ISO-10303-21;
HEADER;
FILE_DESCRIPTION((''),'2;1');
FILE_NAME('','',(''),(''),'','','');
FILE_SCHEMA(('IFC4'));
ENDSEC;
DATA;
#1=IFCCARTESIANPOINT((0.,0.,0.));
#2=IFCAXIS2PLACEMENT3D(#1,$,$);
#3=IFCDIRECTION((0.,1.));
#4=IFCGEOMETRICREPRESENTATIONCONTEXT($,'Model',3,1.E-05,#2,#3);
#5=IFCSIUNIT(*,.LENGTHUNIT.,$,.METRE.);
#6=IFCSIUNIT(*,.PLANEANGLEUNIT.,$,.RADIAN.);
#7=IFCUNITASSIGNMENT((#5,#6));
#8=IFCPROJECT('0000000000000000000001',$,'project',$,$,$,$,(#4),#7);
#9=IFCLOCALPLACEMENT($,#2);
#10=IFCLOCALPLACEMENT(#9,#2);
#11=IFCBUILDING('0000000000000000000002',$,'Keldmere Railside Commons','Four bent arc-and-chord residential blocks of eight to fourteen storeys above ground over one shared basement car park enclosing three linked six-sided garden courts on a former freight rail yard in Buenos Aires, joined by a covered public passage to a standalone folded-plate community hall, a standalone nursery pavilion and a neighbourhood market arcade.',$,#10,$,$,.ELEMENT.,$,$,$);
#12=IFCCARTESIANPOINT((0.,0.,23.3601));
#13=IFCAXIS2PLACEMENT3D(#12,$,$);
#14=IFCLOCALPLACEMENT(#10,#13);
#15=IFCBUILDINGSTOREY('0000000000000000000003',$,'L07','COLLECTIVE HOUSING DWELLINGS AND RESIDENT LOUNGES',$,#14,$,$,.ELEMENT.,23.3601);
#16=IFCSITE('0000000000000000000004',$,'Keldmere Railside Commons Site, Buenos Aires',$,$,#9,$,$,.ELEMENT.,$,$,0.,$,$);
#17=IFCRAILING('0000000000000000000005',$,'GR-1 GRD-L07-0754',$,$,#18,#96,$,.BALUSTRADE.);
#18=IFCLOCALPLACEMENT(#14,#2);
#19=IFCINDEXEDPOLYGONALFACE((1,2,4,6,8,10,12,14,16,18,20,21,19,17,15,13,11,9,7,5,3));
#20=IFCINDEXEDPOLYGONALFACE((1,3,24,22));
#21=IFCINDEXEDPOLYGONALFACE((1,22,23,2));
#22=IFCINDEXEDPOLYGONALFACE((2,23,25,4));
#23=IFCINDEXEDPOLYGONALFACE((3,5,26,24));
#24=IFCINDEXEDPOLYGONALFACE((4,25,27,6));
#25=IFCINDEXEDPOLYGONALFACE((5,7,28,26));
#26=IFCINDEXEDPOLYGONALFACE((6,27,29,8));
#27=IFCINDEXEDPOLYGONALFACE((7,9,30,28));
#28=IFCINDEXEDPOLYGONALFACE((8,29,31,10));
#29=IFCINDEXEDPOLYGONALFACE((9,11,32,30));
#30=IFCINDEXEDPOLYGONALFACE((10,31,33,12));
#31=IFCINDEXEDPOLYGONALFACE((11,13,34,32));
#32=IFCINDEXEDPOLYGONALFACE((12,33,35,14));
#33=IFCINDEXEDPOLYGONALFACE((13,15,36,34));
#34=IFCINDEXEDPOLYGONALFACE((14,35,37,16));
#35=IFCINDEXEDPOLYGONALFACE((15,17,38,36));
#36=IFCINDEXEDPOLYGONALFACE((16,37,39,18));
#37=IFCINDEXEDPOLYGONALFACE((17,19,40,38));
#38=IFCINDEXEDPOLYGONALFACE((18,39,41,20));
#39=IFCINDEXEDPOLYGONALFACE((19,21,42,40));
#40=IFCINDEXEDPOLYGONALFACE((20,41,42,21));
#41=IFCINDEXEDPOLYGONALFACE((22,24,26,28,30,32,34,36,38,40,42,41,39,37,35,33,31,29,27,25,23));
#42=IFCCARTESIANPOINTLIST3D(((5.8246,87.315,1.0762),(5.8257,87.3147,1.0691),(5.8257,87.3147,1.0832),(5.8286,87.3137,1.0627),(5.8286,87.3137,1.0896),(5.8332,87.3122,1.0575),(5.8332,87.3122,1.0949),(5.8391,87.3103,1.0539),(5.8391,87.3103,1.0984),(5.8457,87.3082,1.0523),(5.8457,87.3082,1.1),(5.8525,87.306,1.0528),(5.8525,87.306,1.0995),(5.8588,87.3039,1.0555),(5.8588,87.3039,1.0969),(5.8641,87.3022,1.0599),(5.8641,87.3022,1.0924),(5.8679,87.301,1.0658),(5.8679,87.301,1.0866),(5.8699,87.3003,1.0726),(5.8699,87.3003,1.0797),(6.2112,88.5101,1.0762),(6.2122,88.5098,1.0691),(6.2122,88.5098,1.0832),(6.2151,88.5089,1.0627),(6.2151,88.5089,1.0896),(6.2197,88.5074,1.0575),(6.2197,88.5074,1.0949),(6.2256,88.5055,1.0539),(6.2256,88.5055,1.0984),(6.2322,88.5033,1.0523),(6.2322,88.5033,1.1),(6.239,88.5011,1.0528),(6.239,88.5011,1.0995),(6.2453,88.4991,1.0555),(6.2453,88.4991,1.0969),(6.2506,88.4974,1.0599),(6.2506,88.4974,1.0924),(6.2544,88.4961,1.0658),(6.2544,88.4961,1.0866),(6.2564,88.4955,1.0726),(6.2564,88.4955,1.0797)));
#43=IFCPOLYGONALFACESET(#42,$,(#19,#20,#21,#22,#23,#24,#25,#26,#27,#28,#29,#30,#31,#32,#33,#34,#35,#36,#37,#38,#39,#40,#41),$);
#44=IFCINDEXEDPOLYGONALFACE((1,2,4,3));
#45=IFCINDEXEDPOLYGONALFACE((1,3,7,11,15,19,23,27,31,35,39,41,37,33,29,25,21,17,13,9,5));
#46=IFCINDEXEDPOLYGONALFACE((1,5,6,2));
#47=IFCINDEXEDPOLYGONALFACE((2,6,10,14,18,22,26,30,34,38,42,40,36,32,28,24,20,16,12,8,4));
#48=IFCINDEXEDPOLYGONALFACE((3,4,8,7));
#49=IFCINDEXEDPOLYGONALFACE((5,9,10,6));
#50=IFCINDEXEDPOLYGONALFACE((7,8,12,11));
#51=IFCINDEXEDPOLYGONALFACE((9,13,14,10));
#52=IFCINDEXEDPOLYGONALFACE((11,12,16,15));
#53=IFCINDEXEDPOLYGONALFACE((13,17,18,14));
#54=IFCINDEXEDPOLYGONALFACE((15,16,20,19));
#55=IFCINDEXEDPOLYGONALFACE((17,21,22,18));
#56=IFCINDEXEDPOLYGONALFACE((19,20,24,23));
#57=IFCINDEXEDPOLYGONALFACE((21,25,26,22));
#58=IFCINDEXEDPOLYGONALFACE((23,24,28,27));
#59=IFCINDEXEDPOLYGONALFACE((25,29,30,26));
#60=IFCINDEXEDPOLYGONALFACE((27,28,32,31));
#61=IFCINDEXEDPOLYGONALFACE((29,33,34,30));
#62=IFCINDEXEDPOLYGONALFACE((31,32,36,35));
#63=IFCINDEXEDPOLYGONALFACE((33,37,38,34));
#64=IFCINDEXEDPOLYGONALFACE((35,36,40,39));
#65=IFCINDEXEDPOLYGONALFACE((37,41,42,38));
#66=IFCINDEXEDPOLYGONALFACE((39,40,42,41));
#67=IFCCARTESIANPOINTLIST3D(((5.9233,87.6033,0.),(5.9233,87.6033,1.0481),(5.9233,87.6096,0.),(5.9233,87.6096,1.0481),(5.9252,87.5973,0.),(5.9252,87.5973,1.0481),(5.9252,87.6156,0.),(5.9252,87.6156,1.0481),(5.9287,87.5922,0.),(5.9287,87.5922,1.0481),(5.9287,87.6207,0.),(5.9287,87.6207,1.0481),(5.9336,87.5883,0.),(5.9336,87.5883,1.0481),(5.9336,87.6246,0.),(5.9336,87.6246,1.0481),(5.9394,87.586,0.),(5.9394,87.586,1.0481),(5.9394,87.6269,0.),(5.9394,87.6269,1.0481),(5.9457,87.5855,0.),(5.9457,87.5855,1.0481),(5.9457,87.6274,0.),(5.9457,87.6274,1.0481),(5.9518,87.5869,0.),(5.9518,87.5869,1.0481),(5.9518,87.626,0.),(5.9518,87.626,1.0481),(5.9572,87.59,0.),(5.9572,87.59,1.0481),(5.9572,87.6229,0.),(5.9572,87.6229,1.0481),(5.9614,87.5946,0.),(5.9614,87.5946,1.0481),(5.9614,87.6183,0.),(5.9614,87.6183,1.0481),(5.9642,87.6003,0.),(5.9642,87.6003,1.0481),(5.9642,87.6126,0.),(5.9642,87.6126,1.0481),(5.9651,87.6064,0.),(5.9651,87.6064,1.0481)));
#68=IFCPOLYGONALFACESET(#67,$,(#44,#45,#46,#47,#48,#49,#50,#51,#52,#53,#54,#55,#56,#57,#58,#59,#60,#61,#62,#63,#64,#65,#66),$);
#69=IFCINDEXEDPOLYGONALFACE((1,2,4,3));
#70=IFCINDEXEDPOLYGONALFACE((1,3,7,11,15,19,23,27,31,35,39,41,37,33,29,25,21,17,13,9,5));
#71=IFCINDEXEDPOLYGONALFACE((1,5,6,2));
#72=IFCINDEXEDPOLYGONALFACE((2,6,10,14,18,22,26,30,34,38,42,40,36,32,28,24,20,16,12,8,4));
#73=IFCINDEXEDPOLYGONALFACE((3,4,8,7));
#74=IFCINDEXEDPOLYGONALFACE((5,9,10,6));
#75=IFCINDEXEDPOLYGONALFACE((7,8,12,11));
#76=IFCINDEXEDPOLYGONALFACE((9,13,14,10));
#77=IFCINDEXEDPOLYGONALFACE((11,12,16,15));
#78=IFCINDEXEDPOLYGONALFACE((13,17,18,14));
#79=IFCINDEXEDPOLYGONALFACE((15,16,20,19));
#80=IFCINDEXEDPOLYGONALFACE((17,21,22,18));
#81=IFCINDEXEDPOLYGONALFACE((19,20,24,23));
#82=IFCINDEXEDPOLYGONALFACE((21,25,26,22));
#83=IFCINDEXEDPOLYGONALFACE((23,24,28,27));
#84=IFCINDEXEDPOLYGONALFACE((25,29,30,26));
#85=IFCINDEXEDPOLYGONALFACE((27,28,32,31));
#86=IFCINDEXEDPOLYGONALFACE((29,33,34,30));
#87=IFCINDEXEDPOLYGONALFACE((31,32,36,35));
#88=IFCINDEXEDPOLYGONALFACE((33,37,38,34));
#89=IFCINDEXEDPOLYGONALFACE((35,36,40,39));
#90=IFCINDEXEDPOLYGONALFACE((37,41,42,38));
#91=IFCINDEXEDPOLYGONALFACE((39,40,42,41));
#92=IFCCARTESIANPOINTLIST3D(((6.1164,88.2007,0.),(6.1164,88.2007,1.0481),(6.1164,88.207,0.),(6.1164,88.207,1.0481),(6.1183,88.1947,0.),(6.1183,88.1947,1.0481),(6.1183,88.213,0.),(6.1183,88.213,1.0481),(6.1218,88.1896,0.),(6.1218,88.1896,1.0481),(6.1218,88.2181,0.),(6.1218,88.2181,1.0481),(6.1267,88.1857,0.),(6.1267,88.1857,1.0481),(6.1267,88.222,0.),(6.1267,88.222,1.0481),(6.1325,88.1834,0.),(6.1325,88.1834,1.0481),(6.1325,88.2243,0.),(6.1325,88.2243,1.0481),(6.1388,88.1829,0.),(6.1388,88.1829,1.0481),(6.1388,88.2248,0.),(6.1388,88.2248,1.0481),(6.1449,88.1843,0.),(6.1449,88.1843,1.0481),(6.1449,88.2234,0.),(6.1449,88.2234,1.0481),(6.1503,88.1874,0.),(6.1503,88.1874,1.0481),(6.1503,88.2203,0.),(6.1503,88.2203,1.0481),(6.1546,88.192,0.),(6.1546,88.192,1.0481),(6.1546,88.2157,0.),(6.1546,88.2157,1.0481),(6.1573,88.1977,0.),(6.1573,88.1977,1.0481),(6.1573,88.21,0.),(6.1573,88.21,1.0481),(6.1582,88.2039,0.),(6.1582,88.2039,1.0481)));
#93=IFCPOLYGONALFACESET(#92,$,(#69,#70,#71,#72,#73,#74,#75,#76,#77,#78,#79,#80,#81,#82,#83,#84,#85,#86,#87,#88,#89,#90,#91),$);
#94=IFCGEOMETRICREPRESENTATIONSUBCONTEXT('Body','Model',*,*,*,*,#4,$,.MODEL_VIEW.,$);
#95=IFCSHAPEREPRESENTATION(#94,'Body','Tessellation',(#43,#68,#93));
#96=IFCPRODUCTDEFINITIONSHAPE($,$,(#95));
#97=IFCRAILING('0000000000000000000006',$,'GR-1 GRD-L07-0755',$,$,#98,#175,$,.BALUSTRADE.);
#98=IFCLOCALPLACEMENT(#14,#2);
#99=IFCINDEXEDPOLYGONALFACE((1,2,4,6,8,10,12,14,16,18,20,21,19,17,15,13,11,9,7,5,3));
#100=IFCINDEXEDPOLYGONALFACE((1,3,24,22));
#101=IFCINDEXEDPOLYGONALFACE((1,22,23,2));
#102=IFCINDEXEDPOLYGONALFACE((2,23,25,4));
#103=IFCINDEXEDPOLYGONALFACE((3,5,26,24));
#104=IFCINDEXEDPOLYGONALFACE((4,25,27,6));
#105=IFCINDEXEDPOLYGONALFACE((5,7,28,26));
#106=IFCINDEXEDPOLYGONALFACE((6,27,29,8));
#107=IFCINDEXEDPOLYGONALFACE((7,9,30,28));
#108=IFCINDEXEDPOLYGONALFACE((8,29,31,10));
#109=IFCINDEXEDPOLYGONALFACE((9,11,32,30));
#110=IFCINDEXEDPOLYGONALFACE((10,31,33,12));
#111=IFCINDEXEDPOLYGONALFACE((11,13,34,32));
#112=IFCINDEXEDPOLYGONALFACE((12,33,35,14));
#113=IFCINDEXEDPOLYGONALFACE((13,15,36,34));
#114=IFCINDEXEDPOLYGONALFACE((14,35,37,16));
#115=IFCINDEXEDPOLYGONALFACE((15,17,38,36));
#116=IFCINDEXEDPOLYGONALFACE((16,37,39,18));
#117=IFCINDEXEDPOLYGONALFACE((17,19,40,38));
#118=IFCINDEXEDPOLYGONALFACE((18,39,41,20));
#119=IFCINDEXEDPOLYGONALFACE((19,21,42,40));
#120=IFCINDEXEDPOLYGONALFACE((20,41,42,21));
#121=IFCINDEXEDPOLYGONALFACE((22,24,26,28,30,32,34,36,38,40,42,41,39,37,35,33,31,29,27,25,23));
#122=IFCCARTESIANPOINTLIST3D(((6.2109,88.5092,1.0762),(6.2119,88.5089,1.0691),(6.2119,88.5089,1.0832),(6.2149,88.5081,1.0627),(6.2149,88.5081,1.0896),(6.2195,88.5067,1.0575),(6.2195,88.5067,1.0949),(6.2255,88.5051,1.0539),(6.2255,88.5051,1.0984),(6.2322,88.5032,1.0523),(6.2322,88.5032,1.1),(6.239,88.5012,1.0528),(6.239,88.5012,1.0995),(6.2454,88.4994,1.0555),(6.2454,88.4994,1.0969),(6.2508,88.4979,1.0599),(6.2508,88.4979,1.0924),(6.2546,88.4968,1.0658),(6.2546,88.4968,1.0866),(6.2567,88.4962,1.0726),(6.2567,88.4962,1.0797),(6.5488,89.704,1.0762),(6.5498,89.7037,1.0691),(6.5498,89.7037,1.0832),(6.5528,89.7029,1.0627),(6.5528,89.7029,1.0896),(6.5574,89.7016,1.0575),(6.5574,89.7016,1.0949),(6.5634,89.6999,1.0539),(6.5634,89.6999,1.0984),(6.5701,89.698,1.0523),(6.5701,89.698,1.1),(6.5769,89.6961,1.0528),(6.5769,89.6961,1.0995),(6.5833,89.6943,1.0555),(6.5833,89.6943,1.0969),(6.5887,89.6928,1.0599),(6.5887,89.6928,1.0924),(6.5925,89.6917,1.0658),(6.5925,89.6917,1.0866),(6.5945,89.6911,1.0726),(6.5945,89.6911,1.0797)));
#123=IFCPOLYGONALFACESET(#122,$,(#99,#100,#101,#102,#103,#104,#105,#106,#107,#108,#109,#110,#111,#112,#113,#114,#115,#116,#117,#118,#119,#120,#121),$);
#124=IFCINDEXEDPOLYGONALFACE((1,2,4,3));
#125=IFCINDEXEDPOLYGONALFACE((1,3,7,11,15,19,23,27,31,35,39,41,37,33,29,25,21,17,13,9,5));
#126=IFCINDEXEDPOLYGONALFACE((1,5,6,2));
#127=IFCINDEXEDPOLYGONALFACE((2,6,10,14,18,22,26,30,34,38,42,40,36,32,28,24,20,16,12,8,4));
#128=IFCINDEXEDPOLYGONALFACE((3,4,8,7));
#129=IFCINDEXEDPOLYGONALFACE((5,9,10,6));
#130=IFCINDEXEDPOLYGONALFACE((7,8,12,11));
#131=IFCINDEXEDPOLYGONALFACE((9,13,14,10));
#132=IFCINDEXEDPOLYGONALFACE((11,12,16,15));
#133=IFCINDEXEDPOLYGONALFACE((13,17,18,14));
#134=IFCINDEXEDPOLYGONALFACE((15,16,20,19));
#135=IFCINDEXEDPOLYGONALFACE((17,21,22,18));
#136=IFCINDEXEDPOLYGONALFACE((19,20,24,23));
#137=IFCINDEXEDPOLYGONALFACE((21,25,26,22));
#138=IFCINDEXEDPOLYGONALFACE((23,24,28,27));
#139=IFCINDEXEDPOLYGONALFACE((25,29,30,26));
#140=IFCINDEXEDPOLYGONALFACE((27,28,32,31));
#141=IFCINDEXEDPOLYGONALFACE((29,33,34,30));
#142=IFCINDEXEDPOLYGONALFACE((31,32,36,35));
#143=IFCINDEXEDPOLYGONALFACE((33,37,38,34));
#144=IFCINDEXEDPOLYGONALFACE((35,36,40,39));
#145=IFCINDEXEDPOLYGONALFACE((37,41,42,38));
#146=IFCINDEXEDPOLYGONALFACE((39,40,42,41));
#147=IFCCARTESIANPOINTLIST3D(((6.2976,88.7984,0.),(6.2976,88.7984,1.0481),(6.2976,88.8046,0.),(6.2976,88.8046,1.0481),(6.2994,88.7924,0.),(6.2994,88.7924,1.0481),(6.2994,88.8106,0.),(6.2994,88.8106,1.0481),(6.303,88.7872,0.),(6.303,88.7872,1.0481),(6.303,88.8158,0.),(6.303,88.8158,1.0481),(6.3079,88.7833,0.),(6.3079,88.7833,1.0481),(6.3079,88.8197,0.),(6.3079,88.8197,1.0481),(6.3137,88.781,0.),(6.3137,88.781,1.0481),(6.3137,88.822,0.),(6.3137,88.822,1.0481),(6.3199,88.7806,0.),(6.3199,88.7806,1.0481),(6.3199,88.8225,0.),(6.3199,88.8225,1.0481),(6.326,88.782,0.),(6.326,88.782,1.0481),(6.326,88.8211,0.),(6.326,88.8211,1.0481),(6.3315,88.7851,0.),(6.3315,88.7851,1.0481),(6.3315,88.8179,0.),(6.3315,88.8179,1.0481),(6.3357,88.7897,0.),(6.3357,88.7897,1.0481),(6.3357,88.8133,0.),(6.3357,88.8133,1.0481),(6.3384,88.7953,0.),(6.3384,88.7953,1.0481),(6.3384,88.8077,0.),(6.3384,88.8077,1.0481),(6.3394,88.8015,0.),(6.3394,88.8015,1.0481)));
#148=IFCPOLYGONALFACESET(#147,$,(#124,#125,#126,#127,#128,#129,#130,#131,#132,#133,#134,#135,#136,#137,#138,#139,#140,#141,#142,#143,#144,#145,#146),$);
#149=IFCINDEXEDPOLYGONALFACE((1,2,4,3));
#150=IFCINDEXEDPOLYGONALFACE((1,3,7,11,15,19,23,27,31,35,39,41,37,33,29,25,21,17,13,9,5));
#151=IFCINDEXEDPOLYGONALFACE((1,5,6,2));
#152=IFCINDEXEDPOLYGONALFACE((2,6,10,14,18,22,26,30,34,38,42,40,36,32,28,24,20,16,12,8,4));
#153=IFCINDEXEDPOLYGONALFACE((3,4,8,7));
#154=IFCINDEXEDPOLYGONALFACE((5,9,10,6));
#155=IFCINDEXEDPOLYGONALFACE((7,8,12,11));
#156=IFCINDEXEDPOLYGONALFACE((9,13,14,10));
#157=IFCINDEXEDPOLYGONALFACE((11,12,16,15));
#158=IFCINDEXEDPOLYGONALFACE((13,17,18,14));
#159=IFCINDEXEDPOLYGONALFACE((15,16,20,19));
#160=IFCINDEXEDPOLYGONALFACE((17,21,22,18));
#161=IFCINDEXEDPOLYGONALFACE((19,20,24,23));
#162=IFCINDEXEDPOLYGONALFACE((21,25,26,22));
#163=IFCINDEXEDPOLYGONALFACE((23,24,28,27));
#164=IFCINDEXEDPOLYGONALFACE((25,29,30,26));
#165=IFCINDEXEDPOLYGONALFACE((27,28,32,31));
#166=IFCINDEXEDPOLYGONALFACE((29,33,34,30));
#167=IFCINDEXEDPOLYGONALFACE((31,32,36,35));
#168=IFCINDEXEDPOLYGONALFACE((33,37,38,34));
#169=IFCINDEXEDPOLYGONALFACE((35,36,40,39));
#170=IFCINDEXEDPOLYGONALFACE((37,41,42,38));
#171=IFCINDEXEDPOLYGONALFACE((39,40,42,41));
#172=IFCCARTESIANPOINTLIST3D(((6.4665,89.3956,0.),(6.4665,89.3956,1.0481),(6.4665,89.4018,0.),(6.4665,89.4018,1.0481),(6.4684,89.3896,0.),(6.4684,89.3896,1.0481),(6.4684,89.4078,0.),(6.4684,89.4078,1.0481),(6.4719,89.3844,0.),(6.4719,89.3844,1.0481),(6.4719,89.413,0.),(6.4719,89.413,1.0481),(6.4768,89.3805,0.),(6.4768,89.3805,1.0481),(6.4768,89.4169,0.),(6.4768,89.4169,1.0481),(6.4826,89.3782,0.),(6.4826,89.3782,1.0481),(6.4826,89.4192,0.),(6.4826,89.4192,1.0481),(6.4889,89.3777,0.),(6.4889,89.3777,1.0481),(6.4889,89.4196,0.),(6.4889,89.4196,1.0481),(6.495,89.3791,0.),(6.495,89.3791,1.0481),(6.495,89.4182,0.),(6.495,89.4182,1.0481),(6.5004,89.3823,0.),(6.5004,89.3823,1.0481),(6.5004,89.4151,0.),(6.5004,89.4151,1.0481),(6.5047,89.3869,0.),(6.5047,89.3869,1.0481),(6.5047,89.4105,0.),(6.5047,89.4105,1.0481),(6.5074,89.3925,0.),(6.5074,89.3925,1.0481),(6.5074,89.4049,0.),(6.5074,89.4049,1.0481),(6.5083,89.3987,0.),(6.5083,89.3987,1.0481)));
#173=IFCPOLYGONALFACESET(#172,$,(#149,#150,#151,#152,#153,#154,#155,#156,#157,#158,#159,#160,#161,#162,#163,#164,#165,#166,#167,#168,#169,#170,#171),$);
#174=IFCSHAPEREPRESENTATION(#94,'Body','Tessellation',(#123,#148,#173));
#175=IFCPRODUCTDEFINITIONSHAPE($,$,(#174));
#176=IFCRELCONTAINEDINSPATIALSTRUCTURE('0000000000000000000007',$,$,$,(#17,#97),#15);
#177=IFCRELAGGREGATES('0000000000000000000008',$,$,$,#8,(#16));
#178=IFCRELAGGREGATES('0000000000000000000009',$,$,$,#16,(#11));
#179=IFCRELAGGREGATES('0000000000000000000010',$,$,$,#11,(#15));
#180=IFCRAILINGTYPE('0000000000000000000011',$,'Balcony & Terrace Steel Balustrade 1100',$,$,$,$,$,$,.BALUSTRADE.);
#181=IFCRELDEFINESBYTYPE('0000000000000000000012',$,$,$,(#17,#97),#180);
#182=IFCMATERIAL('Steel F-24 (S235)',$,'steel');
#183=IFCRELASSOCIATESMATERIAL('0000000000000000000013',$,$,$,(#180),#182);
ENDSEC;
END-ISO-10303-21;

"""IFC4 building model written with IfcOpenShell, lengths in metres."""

from ifc_helpers import new_model, si_unit, direction, frame, origin, origin_2d, place, context, subcontext, project, spatial, circle, extrude, material, type_object, element, save


model = new_model("IFC4")

# Units and contexts
model_context = context("Model", 3, precision=1e-05, world=origin(), true_north=direction((0.0, 1.0)))
body_context = subcontext(model_context, "Body", "Model", "MODEL_VIEW")
ifc_project = project(units=[si_unit("LENGTHUNIT", "METRE"), si_unit("PLANEANGLEUNIT", "RADIAN")], contexts=[model_context])

# Site, building, storey
site_placement = place(None, origin())
site = spatial("IfcSite", under=ifc_project, at=site_placement, Name="Keldmere Railside Commons Site, Buenos Aires", CompositionType="ELEMENT", RefElevation=0.0)
building_placement = place(site_placement, origin())
building = spatial("IfcBuilding", under=site, at=building_placement, Name="Keldmere Railside Commons", Description="Four bent arc-and-chord residential blocks of eight to fourteen storeys above ground over one shared basement car park enclosing three linked six-sided garden courts on a former freight rail yard in Buenos Aires, joined by a covered public passage to a standalone folded-plate community hall, a standalone nursery pavilion and a neighbourhood market arcade.", CompositionType="ELEMENT")
storey_placement = place(building_placement, frame((0.0, 0.0, 23.3601)))
storey = spatial("IfcBuildingStorey", under=building, at=storey_placement, Name="L07", Description="COLLECTIVE HOUSING DWELLINGS AND RESIDENT LOUNGES", CompositionType="ELEMENT", Elevation=23.3601)

# Railings
ifc_material_1 = material(Name="Steel F-24 (S235)", Category="steel")
railing_type = type_object("IfcRailingType", Name="Balcony & Terrace Steel Balustrade 1100", PredefinedType="BALUSTRADE", material=ifc_material_1)
railing_1_placement = place(storey_placement, frame((5.8474, 87.3076, 0.0)))
element("IfcRailing", 1, at=railing_1_placement, inside=storey, type_object=railing_type, Name="GR-1 GRD-L07-0754", PredefinedType="BALUSTRADE", context=body_context, shape_type="SweptSolid", body=[
    extrude(circle(Radius=0.0239, at=origin_2d()), frame((0.0, 0.0, 1.0762), z_axis=(0.307701, 0.951483, 0.0), x_axis=(-0.951483, 0.307701, 0.0)), (0.0, 0.0, 1.0), 1.2561),
    extrude(circle(Radius=0.021, at=origin_2d()), frame((0.0967, 0.2988, 0.0)), (0.0, 0.0, 1.0), 1.0481),
    extrude(circle(Radius=0.021, at=origin_2d()), frame((0.2898, 0.8962, 0.0)), (0.0, 0.0, 1.0), 1.0481),
])
railing_2_placement = place(storey_placement, frame((6.2339, 88.5027, 0.0)))
element("IfcRailing", 2, at=railing_2_placement, inside=storey, type_object=railing_type, Name="GR-1 GRD-L07-0755", PredefinedType="BALUSTRADE", context=body_context, shape_type="SweptSolid", body=[
    extrude(circle(Radius=0.0239, at=origin_2d()), frame((0.0, 0.0, 1.0762), z_axis=(0.272123, 0.962262, 0.0), x_axis=(-0.962262, 0.272123, 0.0)), (0.0, 0.0, 1.0), 1.2417),
    extrude(circle(Radius=0.021, at=origin_2d()), frame((0.0845, 0.2988, 0.0)), (0.0, 0.0, 1.0), 1.0481),
    extrude(circle(Radius=0.021, at=origin_2d()), frame((0.2534, 0.896, 0.0)), (0.0, 0.0, 1.0), 1.0481),
])

save(model, "model.ifc")
